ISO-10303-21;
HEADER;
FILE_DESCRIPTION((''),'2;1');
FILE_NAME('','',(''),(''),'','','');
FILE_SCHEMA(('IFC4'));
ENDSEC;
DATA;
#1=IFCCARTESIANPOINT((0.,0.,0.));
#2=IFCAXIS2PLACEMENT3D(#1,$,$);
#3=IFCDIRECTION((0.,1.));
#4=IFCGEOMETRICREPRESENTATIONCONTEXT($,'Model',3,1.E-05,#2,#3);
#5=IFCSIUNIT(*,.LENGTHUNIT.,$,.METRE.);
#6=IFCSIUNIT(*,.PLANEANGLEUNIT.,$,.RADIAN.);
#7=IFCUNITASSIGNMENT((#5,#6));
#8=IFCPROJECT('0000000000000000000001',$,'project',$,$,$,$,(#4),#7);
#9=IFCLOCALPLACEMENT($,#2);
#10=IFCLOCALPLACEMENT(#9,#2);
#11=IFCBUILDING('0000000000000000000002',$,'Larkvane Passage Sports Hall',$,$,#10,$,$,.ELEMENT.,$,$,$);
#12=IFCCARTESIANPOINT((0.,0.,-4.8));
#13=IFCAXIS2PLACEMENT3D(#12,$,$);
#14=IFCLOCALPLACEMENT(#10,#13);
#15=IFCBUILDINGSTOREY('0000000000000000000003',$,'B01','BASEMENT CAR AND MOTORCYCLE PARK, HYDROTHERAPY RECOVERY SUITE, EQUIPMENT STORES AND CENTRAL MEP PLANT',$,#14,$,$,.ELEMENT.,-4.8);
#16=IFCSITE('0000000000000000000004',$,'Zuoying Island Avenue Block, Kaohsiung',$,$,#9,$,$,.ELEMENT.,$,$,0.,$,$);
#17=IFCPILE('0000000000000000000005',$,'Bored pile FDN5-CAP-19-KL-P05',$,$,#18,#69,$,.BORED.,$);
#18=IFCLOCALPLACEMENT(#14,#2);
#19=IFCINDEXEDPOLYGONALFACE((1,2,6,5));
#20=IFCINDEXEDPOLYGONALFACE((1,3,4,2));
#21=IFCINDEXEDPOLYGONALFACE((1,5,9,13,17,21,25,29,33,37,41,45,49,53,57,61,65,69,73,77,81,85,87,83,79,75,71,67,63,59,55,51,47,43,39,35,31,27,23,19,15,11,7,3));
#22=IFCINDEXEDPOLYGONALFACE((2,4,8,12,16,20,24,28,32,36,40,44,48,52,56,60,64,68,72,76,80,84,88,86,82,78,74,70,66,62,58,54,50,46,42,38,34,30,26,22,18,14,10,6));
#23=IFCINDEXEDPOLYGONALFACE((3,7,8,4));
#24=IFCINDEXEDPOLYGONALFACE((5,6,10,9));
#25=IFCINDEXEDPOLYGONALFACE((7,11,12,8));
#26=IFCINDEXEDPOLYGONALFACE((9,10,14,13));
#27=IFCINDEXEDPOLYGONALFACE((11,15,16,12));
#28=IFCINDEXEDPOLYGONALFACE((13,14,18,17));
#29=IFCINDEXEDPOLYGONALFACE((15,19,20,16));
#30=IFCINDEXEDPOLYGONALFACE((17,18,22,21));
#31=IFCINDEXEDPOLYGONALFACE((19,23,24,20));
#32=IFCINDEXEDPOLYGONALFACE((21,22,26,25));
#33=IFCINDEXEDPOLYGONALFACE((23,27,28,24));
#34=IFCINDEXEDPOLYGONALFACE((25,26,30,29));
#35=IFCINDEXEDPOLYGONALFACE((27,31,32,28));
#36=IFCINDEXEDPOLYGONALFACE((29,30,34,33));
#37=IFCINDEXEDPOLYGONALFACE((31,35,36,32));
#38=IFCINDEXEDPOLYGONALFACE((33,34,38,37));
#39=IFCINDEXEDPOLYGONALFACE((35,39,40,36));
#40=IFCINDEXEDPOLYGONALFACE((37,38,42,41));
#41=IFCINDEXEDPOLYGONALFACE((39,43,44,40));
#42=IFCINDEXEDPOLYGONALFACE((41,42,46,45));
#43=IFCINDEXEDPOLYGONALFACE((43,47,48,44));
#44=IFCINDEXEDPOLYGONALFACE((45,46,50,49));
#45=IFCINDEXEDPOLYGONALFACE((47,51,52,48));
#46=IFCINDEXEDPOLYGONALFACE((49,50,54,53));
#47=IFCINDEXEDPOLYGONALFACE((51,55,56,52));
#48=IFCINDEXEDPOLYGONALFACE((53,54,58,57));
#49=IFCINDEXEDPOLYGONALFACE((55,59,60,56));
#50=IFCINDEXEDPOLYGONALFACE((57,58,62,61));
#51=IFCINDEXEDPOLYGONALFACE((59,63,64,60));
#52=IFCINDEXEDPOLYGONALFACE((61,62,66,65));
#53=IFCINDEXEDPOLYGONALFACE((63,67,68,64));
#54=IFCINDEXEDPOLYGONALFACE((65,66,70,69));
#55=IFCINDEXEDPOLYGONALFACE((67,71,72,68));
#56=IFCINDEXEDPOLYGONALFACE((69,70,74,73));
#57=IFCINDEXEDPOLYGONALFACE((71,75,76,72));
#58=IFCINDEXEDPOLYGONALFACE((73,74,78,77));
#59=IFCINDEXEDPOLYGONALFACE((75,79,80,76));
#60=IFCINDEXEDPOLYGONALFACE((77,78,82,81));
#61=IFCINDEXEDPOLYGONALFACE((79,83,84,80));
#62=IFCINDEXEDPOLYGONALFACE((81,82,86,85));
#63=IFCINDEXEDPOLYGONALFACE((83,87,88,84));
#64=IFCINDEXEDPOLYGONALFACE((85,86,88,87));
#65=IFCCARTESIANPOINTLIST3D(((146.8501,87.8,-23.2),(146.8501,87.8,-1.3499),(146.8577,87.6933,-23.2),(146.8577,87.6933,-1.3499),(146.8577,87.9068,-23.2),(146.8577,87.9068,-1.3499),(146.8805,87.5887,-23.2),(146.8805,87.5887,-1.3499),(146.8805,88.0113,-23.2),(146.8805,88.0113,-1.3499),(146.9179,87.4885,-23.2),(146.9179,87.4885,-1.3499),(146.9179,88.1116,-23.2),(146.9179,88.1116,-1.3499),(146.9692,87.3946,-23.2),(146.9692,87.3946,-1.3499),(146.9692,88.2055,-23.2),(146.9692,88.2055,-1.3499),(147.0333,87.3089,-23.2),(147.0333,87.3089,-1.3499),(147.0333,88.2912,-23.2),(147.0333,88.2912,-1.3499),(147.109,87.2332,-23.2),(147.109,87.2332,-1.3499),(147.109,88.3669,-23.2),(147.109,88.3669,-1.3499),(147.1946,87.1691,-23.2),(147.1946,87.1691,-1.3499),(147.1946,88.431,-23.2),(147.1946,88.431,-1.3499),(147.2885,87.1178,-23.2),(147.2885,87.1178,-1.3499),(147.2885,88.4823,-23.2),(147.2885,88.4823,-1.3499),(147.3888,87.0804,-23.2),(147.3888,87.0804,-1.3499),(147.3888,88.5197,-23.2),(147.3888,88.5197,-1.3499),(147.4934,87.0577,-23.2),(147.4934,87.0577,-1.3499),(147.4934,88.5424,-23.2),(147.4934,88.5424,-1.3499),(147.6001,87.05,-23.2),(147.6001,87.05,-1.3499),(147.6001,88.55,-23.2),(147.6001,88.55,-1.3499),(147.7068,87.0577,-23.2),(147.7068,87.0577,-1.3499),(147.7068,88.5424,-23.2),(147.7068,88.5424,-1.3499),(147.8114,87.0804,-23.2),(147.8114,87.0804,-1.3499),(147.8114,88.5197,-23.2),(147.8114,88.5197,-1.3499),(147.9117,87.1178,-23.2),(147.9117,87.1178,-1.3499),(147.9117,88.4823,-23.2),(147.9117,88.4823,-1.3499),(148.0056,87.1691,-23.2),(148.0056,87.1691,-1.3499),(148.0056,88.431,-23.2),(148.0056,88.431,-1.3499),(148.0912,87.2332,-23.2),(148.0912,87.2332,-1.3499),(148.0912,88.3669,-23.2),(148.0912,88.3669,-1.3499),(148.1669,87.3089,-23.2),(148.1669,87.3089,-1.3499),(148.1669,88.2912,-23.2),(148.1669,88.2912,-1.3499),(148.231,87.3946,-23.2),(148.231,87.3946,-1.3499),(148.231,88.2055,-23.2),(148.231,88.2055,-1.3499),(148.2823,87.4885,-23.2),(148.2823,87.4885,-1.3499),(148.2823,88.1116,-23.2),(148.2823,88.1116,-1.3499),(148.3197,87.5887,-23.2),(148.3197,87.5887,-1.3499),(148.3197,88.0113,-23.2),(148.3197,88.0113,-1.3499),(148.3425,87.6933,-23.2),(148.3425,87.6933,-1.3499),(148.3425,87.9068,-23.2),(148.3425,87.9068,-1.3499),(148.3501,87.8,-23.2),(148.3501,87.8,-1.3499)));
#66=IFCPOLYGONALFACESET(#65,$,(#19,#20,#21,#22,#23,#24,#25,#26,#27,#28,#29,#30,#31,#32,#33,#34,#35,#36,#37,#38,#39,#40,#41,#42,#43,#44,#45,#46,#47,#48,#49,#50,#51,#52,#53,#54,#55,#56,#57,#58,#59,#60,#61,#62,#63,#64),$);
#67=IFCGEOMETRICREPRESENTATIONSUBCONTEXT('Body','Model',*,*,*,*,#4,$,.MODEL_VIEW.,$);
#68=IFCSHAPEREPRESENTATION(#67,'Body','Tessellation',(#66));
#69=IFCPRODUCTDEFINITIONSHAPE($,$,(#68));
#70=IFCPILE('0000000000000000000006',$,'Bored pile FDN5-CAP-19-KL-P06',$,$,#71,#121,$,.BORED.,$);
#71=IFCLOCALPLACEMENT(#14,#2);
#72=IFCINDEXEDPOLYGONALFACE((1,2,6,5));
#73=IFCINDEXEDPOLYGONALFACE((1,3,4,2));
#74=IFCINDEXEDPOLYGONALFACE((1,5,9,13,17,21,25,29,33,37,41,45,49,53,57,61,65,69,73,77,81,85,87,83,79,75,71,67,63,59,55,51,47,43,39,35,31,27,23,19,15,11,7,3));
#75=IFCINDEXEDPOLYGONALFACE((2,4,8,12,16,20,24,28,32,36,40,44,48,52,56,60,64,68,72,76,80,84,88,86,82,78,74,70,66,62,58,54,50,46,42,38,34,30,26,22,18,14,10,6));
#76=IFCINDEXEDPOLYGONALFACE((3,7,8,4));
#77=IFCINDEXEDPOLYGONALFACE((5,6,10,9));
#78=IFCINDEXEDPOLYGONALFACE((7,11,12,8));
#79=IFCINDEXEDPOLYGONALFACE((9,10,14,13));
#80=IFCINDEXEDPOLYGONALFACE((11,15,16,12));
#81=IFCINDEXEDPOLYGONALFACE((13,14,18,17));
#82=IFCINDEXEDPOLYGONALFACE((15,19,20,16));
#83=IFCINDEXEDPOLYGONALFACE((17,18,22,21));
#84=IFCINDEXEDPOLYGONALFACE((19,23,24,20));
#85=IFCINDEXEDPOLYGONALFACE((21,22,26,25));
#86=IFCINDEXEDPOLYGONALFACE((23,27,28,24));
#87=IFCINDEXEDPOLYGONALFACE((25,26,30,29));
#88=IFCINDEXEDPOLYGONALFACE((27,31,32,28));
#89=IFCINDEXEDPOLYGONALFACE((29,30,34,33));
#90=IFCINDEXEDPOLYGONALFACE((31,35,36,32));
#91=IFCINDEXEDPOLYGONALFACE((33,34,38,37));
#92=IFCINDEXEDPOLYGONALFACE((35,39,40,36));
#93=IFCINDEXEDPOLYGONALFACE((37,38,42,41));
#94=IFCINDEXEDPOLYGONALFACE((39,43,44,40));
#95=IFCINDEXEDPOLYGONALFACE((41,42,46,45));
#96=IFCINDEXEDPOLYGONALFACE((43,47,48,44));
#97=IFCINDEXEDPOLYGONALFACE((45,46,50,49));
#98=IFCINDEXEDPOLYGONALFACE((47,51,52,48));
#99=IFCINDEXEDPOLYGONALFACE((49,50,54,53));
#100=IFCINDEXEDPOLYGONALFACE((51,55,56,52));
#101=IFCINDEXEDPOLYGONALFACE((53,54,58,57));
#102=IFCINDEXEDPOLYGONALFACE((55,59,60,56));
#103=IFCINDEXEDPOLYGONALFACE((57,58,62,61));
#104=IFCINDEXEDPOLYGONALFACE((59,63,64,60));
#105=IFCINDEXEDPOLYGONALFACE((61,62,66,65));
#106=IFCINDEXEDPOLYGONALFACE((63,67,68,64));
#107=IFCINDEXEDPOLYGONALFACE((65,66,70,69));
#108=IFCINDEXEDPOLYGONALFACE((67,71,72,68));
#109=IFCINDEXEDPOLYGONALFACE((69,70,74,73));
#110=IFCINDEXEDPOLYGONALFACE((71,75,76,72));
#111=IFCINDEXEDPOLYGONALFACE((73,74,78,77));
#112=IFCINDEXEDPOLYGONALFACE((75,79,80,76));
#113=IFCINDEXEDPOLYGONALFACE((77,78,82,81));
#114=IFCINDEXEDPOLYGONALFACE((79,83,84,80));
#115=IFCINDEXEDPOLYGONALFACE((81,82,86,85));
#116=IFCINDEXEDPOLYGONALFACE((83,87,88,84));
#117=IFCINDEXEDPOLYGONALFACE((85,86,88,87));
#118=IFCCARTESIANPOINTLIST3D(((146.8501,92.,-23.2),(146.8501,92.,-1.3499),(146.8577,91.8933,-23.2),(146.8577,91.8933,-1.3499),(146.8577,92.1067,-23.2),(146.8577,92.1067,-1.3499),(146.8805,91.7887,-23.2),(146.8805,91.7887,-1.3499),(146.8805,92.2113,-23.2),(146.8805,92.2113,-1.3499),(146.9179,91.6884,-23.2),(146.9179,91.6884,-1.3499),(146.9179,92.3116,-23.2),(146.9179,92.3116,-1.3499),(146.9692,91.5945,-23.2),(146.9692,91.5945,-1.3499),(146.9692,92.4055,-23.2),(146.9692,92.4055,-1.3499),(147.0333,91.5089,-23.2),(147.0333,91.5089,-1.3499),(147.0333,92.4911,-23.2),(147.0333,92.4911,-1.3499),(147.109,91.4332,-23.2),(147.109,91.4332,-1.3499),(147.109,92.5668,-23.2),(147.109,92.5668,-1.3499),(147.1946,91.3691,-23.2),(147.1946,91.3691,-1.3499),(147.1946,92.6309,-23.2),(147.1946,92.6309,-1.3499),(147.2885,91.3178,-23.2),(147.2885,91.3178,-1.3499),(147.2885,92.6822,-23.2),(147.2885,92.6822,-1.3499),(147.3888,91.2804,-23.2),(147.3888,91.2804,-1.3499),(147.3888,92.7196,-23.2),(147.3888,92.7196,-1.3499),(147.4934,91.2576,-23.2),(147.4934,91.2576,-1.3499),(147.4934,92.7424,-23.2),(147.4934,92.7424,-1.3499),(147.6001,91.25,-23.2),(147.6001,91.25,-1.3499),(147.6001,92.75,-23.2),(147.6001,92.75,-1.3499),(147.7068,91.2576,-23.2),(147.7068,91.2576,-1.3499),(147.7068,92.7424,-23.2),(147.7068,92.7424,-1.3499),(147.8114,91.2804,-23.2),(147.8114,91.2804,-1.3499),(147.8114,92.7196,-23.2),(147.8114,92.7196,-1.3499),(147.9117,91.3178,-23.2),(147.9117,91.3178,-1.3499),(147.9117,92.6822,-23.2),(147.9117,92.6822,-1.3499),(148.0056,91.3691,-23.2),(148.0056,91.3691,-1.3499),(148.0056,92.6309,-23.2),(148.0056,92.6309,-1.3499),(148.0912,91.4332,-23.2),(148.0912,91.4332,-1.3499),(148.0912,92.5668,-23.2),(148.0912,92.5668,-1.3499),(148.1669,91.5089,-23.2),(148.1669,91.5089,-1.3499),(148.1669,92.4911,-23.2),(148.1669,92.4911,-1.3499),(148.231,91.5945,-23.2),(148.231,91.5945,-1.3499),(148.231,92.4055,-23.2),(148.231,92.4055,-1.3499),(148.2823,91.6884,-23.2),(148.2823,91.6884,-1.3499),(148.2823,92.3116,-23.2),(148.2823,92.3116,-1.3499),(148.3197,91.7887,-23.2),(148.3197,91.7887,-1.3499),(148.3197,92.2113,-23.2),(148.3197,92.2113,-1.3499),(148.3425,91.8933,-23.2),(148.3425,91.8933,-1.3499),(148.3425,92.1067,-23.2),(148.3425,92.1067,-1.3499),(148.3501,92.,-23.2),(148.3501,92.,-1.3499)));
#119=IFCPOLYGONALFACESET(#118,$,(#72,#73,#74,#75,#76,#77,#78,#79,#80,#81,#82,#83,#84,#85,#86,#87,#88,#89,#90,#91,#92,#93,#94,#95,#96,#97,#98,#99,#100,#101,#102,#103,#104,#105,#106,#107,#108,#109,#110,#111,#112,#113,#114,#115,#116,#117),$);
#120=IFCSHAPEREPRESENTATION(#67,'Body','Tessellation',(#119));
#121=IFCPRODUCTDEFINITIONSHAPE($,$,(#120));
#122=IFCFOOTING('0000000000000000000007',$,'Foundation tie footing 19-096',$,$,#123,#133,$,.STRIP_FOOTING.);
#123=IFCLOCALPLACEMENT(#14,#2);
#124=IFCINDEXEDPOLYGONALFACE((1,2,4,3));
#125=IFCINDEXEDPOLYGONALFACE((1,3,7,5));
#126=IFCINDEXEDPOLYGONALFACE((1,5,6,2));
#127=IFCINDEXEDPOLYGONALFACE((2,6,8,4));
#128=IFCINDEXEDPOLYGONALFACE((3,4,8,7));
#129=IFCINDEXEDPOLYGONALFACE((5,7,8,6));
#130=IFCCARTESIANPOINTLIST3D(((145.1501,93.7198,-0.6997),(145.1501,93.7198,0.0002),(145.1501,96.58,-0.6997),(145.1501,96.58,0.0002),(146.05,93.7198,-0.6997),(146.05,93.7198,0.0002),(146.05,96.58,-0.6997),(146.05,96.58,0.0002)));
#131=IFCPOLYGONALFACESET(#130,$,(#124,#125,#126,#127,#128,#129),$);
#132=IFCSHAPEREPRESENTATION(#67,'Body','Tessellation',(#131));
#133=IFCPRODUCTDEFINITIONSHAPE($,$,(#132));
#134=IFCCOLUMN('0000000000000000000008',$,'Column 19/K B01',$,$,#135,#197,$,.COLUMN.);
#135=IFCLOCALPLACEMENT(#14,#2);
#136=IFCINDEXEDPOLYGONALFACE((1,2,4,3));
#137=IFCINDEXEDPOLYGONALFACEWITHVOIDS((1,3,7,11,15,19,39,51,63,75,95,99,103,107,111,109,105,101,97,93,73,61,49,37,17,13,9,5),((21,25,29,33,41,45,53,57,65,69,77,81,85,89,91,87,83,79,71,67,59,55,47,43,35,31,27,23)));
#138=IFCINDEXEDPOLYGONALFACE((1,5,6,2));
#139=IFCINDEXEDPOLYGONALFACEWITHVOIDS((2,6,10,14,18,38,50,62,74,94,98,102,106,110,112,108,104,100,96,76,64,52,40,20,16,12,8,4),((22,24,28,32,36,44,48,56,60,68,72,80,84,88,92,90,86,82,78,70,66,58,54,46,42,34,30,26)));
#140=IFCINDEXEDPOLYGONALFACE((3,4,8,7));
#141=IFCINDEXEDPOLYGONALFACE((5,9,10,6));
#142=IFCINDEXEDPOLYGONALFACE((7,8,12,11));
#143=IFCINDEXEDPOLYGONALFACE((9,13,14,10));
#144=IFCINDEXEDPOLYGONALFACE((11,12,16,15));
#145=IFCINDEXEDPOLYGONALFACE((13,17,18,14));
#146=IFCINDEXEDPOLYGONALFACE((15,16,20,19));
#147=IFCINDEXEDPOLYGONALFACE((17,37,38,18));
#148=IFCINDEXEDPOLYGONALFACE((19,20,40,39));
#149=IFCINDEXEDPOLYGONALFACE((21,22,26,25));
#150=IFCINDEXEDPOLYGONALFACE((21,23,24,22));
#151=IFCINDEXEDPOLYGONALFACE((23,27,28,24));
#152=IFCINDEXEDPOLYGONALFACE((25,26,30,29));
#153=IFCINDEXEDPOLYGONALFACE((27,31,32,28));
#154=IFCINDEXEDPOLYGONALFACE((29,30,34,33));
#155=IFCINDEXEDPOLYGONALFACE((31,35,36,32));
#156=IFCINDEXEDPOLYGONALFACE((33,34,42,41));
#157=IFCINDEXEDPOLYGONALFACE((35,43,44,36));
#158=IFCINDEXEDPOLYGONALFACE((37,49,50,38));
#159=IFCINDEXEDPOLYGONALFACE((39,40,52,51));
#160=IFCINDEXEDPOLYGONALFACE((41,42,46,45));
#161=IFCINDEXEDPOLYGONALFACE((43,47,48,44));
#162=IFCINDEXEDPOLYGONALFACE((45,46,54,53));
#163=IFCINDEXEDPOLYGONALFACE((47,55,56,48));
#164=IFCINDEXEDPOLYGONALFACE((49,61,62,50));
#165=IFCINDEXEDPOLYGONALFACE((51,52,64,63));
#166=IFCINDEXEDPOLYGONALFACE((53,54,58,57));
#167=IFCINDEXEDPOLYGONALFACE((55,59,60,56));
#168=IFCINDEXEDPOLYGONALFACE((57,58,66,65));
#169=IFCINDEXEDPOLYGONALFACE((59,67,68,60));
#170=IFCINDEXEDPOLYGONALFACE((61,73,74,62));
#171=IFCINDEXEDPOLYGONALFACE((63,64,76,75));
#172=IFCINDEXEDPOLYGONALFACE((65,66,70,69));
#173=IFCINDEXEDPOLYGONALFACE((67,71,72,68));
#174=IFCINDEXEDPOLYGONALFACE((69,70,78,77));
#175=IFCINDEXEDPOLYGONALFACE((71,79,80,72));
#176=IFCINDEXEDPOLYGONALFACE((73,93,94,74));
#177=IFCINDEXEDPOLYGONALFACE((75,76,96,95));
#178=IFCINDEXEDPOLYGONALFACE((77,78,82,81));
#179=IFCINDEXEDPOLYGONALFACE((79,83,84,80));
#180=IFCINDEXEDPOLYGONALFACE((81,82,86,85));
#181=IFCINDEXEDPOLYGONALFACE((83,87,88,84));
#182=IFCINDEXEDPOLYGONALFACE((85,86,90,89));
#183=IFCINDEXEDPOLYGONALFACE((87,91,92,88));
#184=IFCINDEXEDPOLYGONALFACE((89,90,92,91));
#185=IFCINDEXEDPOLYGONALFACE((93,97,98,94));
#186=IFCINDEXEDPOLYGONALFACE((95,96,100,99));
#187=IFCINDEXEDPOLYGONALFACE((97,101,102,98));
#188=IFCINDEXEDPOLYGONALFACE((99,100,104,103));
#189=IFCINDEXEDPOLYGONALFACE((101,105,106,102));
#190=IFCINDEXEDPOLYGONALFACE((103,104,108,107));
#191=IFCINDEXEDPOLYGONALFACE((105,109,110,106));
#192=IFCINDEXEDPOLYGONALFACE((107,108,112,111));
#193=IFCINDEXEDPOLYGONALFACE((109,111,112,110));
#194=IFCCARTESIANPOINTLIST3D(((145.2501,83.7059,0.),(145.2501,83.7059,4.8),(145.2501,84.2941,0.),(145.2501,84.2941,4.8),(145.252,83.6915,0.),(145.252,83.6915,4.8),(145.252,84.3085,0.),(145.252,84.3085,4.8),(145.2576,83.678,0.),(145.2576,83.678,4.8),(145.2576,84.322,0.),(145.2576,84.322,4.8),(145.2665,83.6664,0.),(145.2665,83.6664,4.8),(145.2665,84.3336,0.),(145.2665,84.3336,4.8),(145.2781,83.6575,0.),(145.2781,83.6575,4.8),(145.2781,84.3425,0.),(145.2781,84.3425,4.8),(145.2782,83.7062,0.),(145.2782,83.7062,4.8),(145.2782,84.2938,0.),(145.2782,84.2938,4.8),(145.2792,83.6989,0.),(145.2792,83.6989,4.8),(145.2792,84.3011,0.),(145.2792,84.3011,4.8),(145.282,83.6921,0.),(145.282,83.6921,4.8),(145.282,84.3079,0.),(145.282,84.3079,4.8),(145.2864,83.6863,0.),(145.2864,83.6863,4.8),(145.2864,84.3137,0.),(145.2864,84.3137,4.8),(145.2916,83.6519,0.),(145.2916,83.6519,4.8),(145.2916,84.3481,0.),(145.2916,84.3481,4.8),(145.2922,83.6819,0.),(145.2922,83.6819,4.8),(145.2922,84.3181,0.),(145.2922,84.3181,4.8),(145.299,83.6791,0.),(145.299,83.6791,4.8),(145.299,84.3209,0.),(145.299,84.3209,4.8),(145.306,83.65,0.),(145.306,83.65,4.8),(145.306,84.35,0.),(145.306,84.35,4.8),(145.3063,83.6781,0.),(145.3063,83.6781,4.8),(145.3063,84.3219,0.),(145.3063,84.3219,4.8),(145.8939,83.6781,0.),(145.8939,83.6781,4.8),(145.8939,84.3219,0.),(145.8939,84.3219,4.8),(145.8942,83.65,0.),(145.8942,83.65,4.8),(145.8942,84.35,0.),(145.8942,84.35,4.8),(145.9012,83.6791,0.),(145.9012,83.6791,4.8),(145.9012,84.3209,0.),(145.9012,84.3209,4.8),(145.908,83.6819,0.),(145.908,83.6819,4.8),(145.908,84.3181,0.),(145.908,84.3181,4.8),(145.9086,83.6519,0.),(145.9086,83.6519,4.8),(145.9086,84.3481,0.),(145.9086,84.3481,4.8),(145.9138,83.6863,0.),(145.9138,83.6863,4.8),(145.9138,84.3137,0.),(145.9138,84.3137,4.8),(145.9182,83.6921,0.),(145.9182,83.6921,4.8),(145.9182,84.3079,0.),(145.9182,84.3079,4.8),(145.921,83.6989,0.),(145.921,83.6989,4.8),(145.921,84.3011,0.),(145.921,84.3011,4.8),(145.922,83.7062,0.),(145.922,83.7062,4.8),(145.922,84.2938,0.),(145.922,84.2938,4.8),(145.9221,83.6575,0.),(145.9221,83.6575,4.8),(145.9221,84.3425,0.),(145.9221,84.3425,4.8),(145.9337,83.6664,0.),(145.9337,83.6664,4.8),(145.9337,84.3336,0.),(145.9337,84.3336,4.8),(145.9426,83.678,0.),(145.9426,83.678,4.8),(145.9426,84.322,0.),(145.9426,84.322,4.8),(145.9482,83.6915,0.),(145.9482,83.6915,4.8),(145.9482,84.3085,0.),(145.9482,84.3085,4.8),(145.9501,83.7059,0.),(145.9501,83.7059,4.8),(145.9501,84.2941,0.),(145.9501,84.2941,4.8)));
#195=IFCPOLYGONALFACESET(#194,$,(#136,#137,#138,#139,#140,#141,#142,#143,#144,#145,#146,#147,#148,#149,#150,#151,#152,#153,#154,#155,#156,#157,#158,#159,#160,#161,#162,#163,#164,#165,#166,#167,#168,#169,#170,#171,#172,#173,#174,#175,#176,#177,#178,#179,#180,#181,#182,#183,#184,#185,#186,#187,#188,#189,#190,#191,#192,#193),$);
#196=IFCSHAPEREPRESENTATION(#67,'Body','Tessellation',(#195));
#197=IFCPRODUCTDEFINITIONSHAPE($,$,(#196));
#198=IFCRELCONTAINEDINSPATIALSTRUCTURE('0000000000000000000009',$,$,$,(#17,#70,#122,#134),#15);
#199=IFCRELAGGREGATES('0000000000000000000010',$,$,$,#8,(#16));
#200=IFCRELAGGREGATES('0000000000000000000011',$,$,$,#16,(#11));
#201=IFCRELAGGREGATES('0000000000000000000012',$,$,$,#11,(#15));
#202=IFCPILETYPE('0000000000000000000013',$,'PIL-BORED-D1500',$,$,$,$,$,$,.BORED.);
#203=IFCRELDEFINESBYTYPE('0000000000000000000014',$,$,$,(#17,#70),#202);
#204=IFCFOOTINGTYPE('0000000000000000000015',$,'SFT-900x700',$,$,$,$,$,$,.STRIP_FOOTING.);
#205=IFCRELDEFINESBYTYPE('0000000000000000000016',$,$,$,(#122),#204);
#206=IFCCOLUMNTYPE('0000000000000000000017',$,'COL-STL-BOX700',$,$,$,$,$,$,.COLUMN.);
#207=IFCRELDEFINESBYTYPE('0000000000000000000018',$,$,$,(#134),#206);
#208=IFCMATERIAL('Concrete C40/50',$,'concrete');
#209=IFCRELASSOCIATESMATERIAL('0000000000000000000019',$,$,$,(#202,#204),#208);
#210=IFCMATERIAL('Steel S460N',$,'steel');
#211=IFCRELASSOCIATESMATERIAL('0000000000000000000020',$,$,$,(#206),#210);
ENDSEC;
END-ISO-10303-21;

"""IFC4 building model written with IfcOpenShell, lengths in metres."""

from ifc_helpers import new_model, si_unit, direction, frame, origin, origin_2d, place, context, subcontext, project, spatial, rectangle, hollow_rectangle, circle, extrude, material, material_profile, profile_set, type_object, element, save


model = new_model("IFC4")

# Units and contexts
model_context = context("Model", 3, precision=1e-05, world=origin(), true_north=direction((0.0, 1.0)))
body_context = subcontext(model_context, "Body", "Model", "MODEL_VIEW")
ifc_project = project(units=[si_unit("LENGTHUNIT", "METRE"), si_unit("PLANEANGLEUNIT", "RADIAN")], contexts=[model_context])

# Site, building, storey
site_placement = place(None, origin())
site = spatial("IfcSite", under=ifc_project, at=site_placement, Name="Zuoying Island Avenue Block, Kaohsiung", CompositionType="ELEMENT", RefElevation=0.0)
building_placement = place(site_placement, origin())
building = spatial("IfcBuilding", under=site, at=building_placement, Name="Larkvane Passage Sports Hall", CompositionType="ELEMENT")
storey_placement = place(building_placement, frame((0.0, 0.0, -4.8)))
storey = spatial("IfcBuildingStorey", under=building, at=storey_placement, Name="B01", Description="BASEMENT CAR AND MOTORCYCLE PARK, HYDROTHERAPY RECOVERY SUITE, EQUIPMENT STORES AND CENTRAL MEP PLANT", CompositionType="ELEMENT", Elevation=-4.8)

# Shared definitions
ifc_material_1 = material(Name="Concrete C40/50", Category="concrete")

# Piles
ifc_material_profile_1 = material_profile(ifc_material_1, circle(Radius=0.75, at=origin_2d()), Name="PILE-D1500")
ifc_profile_set_1 = profile_set([ifc_material_profile_1], Name="Concrete C40/50")
pile_type_1 = type_object("IfcPileType", Name="PIL-BORED-D1500", PredefinedType="BORED", material=ifc_profile_set_1)
for number, where, z_axis, x_axis, name in (
    (1, (147.6001, 87.8, -1.3499), (0.0, 0.0, -1.0), (1.0, 0.0, 0.0), "Bored pile FDN5-CAP-19-KL-P05"),
    (2, (147.6001, 92.0, -1.3499), (0.0, 0.0, -1.0), (1.0, 0.0, 0.0), "Bored pile FDN5-CAP-19-KL-P06"),
):
    element("IfcPile", number, at=place(storey_placement, frame(where, z_axis=z_axis, x_axis=x_axis)), inside=storey, type_object=pile_type_1, Name=name, PredefinedType="BORED", context=body_context, shape_type="SweptSolid", body=[
        extrude(circle(Radius=0.75, at=origin_2d()), origin(), (0.0, 0.0, 1.0), 21.8501),
    ])

# Footing
footing_type_1 = type_object("IfcFootingType", Name="SFT-900x700", PredefinedType="STRIP_FOOTING", material=ifc_material_1)
footing_1_placement = place(storey_placement, frame((145.6001, 95.1499, -0.6997), z_axis=(0.0, 0.0, 1.0), x_axis=(1.0, 0.0, 0.0)))
element("IfcFooting", 3, at=footing_1_placement, inside=storey, type_object=footing_type_1, Name="Foundation tie footing 19-096", PredefinedType="STRIP_FOOTING", context=body_context, shape_type="SweptSolid", body=[
    extrude(rectangle(XDim=0.8999, YDim=2.8601, at=origin_2d()), origin(), (0.0, 0.0, 1.0), 0.7),
])

# Column
ifc_material_2 = material(Name="Steel S460N", Category="steel")
ifc_material_profile_2 = material_profile(ifc_material_2, hollow_rectangle(XDim=0.7, YDim=0.7, WallThickness=0.0281, InnerFilletRadius=0.0281, OuterFilletRadius=0.0559, at=origin_2d()), Name="BOX-700x700x28")
ifc_profile_set_2 = profile_set([ifc_material_profile_2], Name="Steel S460N")
column_type_1 = type_object("IfcColumnType", Name="COL-STL-BOX700", PredefinedType="COLUMN", material=ifc_profile_set_2)
for number, where, z_axis, x_axis, name in (
    (4, (145.6001, 84.0, 0.0), (0.0, 0.0, 1.0), (1.0, 0.0, 0.0), "Column 19/K B01"),
):
    element("IfcColumn", number, at=place(storey_placement, frame(where, z_axis=z_axis, x_axis=x_axis)), inside=storey, type_object=column_type_1, Name=name, PredefinedType="COLUMN", context=body_context, shape_type="SweptSolid", body=[
        extrude(hollow_rectangle(XDim=0.7, YDim=0.7, WallThickness=0.0281, InnerFilletRadius=0.0281, OuterFilletRadius=0.0559, at=origin_2d()), origin(), (0.0, 0.0, 1.0), 4.8),
    ])

save(model, "model.ifc")
